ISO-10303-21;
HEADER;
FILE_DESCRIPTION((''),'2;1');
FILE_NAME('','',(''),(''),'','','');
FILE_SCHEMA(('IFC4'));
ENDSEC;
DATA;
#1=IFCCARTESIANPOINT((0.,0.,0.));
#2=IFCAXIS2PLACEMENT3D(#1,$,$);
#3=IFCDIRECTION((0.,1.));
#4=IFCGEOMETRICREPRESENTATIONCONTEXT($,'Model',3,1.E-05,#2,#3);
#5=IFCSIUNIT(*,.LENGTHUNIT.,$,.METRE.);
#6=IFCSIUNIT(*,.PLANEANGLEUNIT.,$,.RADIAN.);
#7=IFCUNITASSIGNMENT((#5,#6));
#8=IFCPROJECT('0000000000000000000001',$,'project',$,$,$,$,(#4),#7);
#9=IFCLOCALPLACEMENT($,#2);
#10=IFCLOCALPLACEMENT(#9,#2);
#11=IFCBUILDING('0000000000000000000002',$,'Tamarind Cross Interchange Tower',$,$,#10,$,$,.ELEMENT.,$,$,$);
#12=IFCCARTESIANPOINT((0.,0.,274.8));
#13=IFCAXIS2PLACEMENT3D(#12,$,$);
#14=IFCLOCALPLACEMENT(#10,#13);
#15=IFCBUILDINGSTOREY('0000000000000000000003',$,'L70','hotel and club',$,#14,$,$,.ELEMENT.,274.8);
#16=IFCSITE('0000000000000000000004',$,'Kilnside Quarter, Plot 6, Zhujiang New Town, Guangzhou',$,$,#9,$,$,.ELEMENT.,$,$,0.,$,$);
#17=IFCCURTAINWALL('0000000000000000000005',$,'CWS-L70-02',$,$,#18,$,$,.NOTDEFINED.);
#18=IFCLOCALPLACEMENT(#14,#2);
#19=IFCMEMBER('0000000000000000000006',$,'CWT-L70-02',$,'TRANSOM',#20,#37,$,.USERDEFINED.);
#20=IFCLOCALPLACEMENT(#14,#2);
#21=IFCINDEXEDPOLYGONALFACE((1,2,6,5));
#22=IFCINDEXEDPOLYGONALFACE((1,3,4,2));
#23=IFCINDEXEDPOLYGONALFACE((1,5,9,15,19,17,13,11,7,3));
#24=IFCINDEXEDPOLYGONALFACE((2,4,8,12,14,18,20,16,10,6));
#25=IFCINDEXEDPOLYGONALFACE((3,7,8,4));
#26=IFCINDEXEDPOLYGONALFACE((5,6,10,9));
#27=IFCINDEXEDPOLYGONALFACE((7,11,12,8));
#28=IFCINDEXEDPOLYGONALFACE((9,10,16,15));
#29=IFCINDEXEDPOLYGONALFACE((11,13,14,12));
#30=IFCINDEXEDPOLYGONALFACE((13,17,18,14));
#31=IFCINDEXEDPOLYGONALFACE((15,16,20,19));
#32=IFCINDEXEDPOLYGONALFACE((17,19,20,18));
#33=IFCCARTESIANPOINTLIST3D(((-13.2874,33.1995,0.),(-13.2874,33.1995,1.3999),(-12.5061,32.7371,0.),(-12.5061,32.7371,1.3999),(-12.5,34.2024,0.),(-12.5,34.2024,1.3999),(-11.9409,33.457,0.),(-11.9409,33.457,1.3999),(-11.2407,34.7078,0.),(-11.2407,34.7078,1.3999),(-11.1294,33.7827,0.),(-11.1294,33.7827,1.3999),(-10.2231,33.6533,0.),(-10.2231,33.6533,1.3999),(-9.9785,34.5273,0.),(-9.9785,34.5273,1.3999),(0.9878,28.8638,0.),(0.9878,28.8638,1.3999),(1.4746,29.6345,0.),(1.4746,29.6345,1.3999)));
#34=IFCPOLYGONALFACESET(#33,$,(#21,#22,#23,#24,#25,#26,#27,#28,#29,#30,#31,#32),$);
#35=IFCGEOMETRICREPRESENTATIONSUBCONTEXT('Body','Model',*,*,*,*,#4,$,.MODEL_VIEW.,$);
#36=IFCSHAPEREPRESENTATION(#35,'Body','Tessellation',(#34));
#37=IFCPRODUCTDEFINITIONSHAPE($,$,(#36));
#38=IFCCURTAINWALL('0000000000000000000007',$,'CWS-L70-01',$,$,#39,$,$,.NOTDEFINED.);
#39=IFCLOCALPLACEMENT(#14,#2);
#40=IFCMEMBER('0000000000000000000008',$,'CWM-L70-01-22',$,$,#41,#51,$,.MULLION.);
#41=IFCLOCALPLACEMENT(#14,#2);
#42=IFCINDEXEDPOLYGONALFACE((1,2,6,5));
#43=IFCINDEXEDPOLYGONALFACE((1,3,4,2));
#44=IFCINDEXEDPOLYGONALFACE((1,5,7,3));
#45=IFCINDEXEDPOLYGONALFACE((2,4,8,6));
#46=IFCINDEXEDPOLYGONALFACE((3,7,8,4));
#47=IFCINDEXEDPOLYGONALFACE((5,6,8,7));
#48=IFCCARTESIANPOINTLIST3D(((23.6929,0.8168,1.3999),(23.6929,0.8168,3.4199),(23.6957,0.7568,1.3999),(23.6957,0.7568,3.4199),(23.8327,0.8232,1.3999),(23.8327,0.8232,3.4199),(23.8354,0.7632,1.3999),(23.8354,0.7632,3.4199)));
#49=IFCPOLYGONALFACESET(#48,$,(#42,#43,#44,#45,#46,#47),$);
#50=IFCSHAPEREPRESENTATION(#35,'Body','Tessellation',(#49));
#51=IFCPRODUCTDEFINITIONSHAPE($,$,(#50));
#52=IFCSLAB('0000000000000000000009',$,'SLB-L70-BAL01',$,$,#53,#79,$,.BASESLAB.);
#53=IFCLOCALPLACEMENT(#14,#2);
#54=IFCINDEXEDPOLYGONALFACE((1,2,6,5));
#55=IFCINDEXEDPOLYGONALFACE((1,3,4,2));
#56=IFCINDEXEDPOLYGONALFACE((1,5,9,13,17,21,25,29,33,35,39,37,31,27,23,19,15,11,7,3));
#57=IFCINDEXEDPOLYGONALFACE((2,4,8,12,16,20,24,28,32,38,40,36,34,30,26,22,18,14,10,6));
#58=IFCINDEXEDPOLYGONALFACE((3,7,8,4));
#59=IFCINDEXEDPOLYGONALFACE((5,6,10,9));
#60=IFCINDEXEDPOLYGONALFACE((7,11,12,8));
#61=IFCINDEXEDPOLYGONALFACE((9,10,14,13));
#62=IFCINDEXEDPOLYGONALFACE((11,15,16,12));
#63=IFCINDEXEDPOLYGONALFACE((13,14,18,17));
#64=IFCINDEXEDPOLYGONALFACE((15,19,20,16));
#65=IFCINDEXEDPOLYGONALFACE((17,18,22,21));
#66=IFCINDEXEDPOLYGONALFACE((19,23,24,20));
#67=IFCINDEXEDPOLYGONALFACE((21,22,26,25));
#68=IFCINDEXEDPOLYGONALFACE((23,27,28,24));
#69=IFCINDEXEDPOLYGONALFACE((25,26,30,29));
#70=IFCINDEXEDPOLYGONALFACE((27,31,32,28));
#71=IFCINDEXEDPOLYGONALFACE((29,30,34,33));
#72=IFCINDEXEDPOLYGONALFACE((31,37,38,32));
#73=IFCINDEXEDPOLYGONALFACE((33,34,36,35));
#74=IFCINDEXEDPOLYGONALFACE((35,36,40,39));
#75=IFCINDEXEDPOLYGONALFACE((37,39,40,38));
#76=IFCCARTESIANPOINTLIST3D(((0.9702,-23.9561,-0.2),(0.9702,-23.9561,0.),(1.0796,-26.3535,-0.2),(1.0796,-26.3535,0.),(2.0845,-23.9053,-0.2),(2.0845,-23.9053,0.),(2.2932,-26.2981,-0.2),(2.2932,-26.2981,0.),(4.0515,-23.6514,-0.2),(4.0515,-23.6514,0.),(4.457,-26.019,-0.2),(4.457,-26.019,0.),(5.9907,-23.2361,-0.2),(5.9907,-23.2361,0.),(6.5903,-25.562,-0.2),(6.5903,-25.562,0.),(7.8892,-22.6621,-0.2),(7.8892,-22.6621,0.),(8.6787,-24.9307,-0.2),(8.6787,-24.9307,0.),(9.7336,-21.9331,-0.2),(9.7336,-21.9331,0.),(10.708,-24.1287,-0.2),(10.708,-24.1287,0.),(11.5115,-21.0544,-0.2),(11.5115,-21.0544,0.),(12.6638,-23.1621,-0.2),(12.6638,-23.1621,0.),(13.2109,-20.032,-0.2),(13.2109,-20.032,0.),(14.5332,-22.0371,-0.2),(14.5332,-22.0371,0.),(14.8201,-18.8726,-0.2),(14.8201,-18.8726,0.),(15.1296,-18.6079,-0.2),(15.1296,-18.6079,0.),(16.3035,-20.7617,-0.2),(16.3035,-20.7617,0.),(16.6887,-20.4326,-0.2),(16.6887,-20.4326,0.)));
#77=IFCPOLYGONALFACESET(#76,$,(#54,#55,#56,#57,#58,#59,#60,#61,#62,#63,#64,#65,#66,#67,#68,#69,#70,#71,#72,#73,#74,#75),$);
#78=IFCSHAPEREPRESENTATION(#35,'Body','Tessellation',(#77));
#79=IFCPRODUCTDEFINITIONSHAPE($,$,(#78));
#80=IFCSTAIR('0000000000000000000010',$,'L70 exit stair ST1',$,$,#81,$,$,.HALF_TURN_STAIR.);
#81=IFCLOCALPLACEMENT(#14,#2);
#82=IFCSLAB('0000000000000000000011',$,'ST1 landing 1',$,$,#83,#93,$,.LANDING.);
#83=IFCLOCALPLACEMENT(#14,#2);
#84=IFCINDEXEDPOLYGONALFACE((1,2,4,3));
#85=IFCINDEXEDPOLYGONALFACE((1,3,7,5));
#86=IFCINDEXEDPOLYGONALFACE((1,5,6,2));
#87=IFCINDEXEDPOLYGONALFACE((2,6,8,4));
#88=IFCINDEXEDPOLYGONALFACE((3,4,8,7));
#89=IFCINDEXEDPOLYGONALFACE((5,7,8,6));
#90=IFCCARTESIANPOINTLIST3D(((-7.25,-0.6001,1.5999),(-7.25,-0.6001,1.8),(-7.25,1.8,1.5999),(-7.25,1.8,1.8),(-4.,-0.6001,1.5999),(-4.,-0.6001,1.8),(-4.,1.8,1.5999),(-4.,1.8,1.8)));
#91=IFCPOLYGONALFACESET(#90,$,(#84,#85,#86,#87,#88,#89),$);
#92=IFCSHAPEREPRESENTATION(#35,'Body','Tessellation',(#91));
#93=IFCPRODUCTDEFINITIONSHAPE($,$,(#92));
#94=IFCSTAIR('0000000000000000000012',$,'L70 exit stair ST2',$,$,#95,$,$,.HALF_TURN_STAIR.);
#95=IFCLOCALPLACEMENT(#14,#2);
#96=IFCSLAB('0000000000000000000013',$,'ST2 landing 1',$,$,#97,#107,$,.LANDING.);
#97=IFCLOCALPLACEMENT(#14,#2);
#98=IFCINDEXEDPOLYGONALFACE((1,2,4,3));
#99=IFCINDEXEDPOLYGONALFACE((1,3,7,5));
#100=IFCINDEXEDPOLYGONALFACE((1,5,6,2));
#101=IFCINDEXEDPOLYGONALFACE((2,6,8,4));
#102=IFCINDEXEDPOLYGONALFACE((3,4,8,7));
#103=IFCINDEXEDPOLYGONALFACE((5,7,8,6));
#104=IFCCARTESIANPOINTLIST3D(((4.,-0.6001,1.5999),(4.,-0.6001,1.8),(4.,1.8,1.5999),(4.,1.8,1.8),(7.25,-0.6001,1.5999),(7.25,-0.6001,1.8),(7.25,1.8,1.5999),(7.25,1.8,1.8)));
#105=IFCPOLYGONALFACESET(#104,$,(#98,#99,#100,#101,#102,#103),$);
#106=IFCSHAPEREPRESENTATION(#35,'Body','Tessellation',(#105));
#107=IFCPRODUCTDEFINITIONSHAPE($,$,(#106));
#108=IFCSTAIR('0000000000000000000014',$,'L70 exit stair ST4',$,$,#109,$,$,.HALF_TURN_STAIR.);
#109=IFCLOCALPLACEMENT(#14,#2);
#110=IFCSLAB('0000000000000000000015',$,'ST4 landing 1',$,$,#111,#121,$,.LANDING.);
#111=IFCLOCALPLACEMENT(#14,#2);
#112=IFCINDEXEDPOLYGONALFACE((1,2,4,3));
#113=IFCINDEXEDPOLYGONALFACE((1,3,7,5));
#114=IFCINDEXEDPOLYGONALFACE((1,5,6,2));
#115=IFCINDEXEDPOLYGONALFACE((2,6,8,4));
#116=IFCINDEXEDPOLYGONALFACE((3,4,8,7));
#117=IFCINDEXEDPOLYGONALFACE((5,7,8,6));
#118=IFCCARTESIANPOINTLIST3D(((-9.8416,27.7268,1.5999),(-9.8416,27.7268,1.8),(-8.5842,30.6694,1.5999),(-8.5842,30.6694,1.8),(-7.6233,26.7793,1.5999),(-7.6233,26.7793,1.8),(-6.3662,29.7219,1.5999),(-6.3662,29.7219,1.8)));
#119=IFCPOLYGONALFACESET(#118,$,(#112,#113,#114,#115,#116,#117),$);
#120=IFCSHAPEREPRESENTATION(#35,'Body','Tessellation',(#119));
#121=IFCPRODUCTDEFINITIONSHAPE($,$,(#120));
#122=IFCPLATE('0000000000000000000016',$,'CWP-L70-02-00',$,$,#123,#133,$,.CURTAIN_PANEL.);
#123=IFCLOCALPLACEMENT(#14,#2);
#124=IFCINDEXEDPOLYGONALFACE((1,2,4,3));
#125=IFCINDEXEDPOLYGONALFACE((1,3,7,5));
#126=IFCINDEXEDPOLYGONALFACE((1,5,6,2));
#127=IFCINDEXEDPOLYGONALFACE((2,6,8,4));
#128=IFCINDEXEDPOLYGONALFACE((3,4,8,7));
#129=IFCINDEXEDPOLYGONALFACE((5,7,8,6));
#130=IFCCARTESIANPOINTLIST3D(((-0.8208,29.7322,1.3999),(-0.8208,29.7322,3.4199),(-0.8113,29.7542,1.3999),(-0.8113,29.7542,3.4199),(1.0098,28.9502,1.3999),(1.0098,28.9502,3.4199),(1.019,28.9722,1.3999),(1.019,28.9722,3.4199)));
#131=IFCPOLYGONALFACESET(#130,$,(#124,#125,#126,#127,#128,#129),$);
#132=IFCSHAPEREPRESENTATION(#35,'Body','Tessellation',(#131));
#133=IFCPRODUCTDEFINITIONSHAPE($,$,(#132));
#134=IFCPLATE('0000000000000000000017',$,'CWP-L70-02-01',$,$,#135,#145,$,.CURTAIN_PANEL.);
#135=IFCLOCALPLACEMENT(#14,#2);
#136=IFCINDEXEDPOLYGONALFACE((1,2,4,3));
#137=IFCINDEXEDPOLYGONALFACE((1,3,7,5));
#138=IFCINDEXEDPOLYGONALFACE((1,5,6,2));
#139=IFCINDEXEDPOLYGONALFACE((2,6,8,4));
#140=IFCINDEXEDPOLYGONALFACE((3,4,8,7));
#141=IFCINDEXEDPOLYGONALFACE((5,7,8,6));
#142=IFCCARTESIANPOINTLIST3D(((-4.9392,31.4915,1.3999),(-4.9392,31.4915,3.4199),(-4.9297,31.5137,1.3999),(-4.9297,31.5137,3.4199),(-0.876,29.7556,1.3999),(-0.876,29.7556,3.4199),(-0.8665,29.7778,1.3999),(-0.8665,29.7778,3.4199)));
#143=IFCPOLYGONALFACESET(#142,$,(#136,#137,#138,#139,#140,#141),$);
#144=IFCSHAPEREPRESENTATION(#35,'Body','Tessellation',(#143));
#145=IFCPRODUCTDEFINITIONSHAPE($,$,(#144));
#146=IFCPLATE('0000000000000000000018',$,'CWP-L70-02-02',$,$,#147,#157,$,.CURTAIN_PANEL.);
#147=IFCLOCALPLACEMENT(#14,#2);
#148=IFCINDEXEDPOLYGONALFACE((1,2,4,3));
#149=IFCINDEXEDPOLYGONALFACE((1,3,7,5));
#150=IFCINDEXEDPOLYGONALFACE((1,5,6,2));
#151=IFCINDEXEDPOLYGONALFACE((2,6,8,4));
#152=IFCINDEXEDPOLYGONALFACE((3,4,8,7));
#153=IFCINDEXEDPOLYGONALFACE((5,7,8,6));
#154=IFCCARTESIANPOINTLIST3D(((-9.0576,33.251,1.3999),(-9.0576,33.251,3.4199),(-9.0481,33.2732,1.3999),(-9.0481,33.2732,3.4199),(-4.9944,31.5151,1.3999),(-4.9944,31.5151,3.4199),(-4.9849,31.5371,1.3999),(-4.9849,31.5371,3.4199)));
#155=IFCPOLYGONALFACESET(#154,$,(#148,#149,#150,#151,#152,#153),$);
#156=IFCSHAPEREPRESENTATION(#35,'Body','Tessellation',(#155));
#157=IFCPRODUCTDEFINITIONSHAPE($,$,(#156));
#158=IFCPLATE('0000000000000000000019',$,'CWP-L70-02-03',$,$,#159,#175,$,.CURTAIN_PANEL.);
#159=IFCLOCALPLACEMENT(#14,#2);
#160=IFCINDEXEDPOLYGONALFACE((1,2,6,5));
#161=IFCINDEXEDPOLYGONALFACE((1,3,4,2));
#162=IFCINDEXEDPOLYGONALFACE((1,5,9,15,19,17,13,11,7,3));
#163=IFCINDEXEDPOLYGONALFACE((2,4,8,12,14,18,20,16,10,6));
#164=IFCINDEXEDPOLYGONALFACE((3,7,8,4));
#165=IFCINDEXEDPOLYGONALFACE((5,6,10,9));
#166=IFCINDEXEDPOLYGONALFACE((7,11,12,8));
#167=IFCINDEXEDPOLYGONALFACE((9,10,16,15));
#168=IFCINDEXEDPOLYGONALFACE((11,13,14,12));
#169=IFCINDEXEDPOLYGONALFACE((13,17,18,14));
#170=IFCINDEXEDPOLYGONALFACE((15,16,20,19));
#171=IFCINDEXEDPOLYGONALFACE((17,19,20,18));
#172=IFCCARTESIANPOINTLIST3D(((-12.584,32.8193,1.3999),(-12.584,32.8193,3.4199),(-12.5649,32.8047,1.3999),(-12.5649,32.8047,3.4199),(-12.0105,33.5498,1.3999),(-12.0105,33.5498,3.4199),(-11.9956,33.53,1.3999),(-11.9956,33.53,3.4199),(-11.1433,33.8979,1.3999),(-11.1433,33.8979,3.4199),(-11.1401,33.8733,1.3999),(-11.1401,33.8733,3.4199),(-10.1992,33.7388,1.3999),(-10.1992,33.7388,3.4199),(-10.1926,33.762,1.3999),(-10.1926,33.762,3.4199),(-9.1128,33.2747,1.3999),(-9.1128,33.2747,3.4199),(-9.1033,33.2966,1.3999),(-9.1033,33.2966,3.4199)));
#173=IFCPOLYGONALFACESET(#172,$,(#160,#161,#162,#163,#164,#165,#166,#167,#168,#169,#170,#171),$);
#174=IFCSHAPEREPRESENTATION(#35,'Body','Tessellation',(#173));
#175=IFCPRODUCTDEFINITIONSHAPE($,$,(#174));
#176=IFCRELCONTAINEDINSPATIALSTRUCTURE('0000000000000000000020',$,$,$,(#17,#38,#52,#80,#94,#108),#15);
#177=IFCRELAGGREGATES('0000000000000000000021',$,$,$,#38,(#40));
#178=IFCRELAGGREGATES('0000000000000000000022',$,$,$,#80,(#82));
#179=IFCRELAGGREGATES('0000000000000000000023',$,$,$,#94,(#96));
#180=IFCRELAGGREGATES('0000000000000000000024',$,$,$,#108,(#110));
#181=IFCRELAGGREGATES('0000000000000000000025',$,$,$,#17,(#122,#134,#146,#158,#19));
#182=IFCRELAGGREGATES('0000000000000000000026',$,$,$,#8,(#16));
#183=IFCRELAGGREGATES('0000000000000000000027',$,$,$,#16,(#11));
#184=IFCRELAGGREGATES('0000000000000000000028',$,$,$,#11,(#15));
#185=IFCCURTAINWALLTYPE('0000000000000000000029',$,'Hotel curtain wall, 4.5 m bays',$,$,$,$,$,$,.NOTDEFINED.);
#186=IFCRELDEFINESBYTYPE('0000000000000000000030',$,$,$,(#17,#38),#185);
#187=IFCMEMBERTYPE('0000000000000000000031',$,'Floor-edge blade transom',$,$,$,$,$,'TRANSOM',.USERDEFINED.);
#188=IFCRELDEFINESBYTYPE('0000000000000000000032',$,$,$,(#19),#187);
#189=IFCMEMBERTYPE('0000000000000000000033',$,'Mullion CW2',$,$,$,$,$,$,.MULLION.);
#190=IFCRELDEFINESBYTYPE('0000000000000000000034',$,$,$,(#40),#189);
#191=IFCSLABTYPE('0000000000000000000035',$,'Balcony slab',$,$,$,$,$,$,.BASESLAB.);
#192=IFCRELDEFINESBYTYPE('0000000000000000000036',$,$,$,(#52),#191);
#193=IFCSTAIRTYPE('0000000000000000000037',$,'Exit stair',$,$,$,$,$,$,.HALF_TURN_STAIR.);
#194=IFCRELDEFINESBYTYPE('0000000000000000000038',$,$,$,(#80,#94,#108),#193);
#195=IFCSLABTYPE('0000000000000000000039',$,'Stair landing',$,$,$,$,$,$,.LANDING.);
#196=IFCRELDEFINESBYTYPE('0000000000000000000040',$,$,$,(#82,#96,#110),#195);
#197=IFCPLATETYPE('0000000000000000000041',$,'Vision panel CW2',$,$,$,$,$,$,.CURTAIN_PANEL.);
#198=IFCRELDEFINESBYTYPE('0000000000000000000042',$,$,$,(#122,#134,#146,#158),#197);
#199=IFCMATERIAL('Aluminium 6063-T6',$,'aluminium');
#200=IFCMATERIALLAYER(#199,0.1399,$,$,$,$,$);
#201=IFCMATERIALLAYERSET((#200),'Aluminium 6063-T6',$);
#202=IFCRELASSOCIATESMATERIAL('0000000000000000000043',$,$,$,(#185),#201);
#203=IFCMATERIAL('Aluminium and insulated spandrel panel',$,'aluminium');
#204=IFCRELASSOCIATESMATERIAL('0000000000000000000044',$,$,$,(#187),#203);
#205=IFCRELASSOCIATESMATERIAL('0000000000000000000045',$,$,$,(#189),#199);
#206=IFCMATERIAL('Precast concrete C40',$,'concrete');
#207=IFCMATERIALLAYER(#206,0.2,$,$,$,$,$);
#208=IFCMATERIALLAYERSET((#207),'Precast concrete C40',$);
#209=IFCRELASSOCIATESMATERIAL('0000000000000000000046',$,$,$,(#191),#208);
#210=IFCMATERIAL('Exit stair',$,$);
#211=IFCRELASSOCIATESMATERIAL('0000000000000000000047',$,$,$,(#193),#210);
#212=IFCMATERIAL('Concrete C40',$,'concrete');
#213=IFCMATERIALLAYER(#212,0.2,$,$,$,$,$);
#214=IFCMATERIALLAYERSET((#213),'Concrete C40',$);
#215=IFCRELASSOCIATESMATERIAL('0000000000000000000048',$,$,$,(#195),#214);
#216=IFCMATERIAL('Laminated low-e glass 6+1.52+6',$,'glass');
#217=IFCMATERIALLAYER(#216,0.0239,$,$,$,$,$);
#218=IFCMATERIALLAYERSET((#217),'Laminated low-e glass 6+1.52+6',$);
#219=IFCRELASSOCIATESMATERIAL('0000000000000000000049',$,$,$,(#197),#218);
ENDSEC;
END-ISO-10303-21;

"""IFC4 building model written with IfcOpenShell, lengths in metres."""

from ifc_helpers import new_model, si_unit, direction, frame, origin, origin_2d, place, context, subcontext, project, spatial, polyline, rectangle, outline, extrude, material, layer, layer_set, material_profile, profile_set, type_object, element, aggregate, save


model = new_model("IFC4")

# Units and contexts
model_context = context("Model", 3, precision=1e-05, world=origin(), true_north=direction((0.0, 1.0)))
body_context = subcontext(model_context, "Body", "Model", "MODEL_VIEW")
ifc_project = project(units=[si_unit("LENGTHUNIT", "METRE"), si_unit("PLANEANGLEUNIT", "RADIAN")], contexts=[model_context])

# Site, building, storey
site_placement = place(None, origin())
site = spatial("IfcSite", under=ifc_project, at=site_placement, Name="Kilnside Quarter, Plot 6, Zhujiang New Town, Guangzhou", CompositionType="ELEMENT", RefElevation=0.0)
building_placement = place(site_placement, origin())
building = spatial("IfcBuilding", under=site, at=building_placement, Name="Tamarind Cross Interchange Tower", CompositionType="ELEMENT")
storey_placement = place(building_placement, frame((0.0, 0.0, 274.8)))
storey = spatial("IfcBuildingStorey", under=building, at=storey_placement, Name="L70", Description="hotel and club", CompositionType="ELEMENT", Elevation=274.8)

# Curtain walls, members
ifc_material_1 = material(Name="Aluminium 6063-T6", Category="aluminium")
ifc_layer_1 = layer(ifc_material_1, 0.1399)
ifc_layer_set_1 = layer_set([ifc_layer_1], Name="Aluminium 6063-T6")
curtain_wall_type = type_object("IfcCurtainWallType", Name="Hotel curtain wall, 4.5 m bays", PredefinedType="NOTDEFINED", material=ifc_layer_set_1)
curtain_wall_1_placement = place(storey_placement, origin())
curtain_wall_1 = element("IfcCurtainWall", 1, at=curtain_wall_1_placement, inside=storey, type_object=curtain_wall_type, Name="CWS-L70-02", PredefinedType="NOTDEFINED")
ifc_material_2 = material(Name="Aluminium and insulated spandrel panel", Category="aluminium")
member_type_1 = type_object("IfcMemberType", Name="Floor-edge blade transom", ElementType="TRANSOM", PredefinedType="USERDEFINED", material=ifc_material_2)
member_1_placement = place(storey_placement, origin())
member_1 = element("IfcMember", 2, at=member_1_placement, type_object=member_type_1, Name="CWT-L70-02", ObjectType="TRANSOM", PredefinedType="USERDEFINED", context=body_context, shape_type="SweptSolid", body=[
    extrude(outline(polyline([(0.9878, 28.8638), (-10.2231, 33.6533), (-11.1294, 33.7827), (-11.9409, 33.457), (-12.5061, 32.7371), (-13.2874, 33.1995), (-12.5, 34.2024), (-11.2407, 34.7078), (-9.9785, 34.5273), (1.4746, 29.6345), (0.9878, 28.8638)])), origin(), (0.0, 0.0, 1.0), 1.3999),
])
curtain_wall_2_placement = place(storey_placement, origin())
curtain_wall_2 = element("IfcCurtainWall", 3, at=curtain_wall_2_placement, inside=storey, type_object=curtain_wall_type, Name="CWS-L70-01", PredefinedType="NOTDEFINED")
ifc_material_profile = material_profile(ifc_material_1, rectangle(XDim=0.0601, YDim=0.1399, at=origin_2d()), Name="Mullion CW2")
ifc_profile_set = profile_set([ifc_material_profile], Name="Aluminium 6063-T6")
member_type_2 = type_object("IfcMemberType", Name="Mullion CW2", PredefinedType="MULLION", material=ifc_profile_set)
member_2_placement = place(storey_placement, frame((23.7642, 0.79, 1.3999), z_axis=(0.0, 0.0, 1.0), x_axis=(-0.045624, 0.998959, 0.0)))
member_2 = element("IfcMember", 4, at=member_2_placement, type_object=member_type_2, Name="CWM-L70-01-22", PredefinedType="MULLION", context=body_context, shape_type="SweptSolid", body=[
    extrude(rectangle(XDim=0.0601, YDim=0.1399, at=origin_2d()), origin(), (0.0, 0.0, 1.0), 2.02),
])
aggregate(curtain_wall_2, [member_2])

# Slab
ifc_material_3 = material(Name="Precast concrete C40", Category="concrete")
ifc_layer_2 = layer(ifc_material_3, 0.2)
ifc_layer_set_2 = layer_set([ifc_layer_2], Name="Precast concrete C40")
slab_type_1 = type_object("IfcSlabType", Name="Balcony slab", PredefinedType="BASESLAB", material=ifc_layer_set_2)
slab_1_placement = place(storey_placement, frame((0.0, 0.0, -0.2)))
element("IfcSlab", 5, at=slab_1_placement, inside=storey, type_object=slab_type_1, Name="SLB-L70-BAL01", PredefinedType="BASESLAB", context=body_context, shape_type="SweptSolid", body=[
    extrude(outline(polyline([(0.9702, -23.9561), (2.0845, -23.9053), (4.0515, -23.6514), (5.9907, -23.2361), (7.8892, -22.6621), (9.7336, -21.9331), (11.5115, -21.0544), (13.2109, -20.032), (14.8201, -18.8726), (15.1296, -18.6079), (16.6887, -20.4326), (16.3035, -20.7617), (14.5332, -22.0371), (12.6638, -23.1621), (10.708, -24.1287), (8.6787, -24.9307), (6.5903, -25.562), (4.457, -26.019), (2.2932, -26.2981), (1.0796, -26.3535), (0.9702, -23.9561)])), origin(), (0.0, 0.0, 1.0), 0.2),
])

# Stairs, slabs
ifc_material_4 = material(Name="Exit stair")
stair_type = type_object("IfcStairType", Name="Exit stair", PredefinedType="HALF_TURN_STAIR", material=ifc_material_4)
stair_1_placement = place(storey_placement, origin())
stair_1 = element("IfcStair", 6, at=stair_1_placement, inside=storey, type_object=stair_type, Name="L70 exit stair ST1", PredefinedType="HALF_TURN_STAIR")
ifc_material_5 = material(Name="Concrete C40", Category="concrete")
ifc_layer_3 = layer(ifc_material_5, 0.2)
ifc_layer_set_3 = layer_set([ifc_layer_3], Name="Concrete C40")
slab_type_2 = type_object("IfcSlabType", Name="Stair landing", PredefinedType="LANDING", material=ifc_layer_set_3)
slab_2_placement = place(storey_placement, frame((0.0, 0.0, 1.5999)))
slab_2 = element("IfcSlab", 7, at=slab_2_placement, type_object=slab_type_2, Name="ST1 landing 1", PredefinedType="LANDING", context=body_context, shape_type="SweptSolid", body=[
    extrude(outline(polyline([(-4.0, -0.6001), (-4.0, 1.8), (-7.25, 1.8), (-7.25, -0.6001), (-4.0, -0.6001)])), origin(), (0.0, 0.0, 1.0), 0.2002),
])
aggregate(stair_1, [slab_2])
stair_2_placement = place(storey_placement, origin())
stair_2 = element("IfcStair", 8, at=stair_2_placement, inside=storey, type_object=stair_type, Name="L70 exit stair ST2", PredefinedType="HALF_TURN_STAIR")
slab_3_placement = place(storey_placement, frame((0.0, 0.0, 1.5999)))
slab_3 = element("IfcSlab", 9, at=slab_3_placement, type_object=slab_type_2, Name="ST2 landing 1", PredefinedType="LANDING", context=body_context, shape_type="SweptSolid", body=[
    extrude(outline(polyline([(7.25, -0.6001), (7.25, 1.8), (4.0, 1.8), (4.0, -0.6001), (7.25, -0.6001)])), origin(), (0.0, 0.0, 1.0), 0.2002),
])
aggregate(stair_2, [slab_3])
stair_3_placement = place(storey_placement, origin())
stair_3 = element("IfcStair", 10, at=stair_3_placement, inside=storey, type_object=stair_type, Name="L70 exit stair ST4", PredefinedType="HALF_TURN_STAIR")
slab_4_placement = place(storey_placement, frame((0.0, 0.0, 1.5999)))
slab_4 = element("IfcSlab", 11, at=slab_4_placement, type_object=slab_type_2, Name="ST4 landing 1", PredefinedType="LANDING", context=body_context, shape_type="SweptSolid", body=[
    extrude(outline(polyline([(-6.3662, 29.7219), (-8.5842, 30.6694), (-9.8416, 27.7268), (-7.6233, 26.7793), (-6.3662, 29.7219)])), origin(), (0.0, 0.0, 1.0), 0.2002),
])
aggregate(stair_3, [slab_4])

# Plates
ifc_material_6 = material(Name="Laminated low-e glass 6+1.52+6", Category="glass")
ifc_layer_4 = layer(ifc_material_6, 0.0239)
ifc_layer_set_4 = layer_set([ifc_layer_4], Name="Laminated low-e glass 6+1.52+6")
plate_type = type_object("IfcPlateType", Name="Vision panel CW2", PredefinedType="CURTAIN_PANEL", material=ifc_layer_set_4)
plate_1_placement = place(storey_placement, frame((0.0, 0.0, 1.3999)))
plate_1 = element("IfcPlate", 12, at=plate_1_placement, type_object=plate_type, Name="CWP-L70-02-00", PredefinedType="CURTAIN_PANEL", context=body_context, shape_type="SweptSolid", body=[
    extrude(outline(polyline([(1.0098, 28.9502), (-0.8208, 29.7322), (-0.8113, 29.7542), (1.019, 28.9722), (1.0098, 28.9502)])), origin(), (0.0, 0.0, 1.0), 2.02),
])
plate_2_placement = place(storey_placement, frame((0.0, 0.0, 1.3999)))
plate_2 = element("IfcPlate", 13, at=plate_2_placement, type_object=plate_type, Name="CWP-L70-02-01", PredefinedType="CURTAIN_PANEL", context=body_context, shape_type="SweptSolid", body=[
    extrude(outline(polyline([(-0.876, 29.7556), (-4.9392, 31.4915), (-4.9297, 31.5137), (-0.8665, 29.7778), (-0.876, 29.7556)])), origin(), (0.0, 0.0, 1.0), 2.02),
])
plate_3_placement = place(storey_placement, frame((0.0, 0.0, 1.3999)))
plate_3 = element("IfcPlate", 14, at=plate_3_placement, type_object=plate_type, Name="CWP-L70-02-02", PredefinedType="CURTAIN_PANEL", context=body_context, shape_type="SweptSolid", body=[
    extrude(outline(polyline([(-4.9944, 31.5151), (-9.0576, 33.251), (-9.0481, 33.2732), (-4.9849, 31.5371), (-4.9944, 31.5151)])), origin(), (0.0, 0.0, 1.0), 2.02),
])
plate_4_placement = place(storey_placement, frame((0.0, 0.0, 1.3999)))
plate_4 = element("IfcPlate", 15, at=plate_4_placement, type_object=plate_type, Name="CWP-L70-02-03", PredefinedType="CURTAIN_PANEL", context=body_context, shape_type="SweptSolid", body=[
    extrude(outline(polyline([(-9.1128, 33.2747), (-10.1992, 33.7388), (-11.1401, 33.8733), (-11.9956, 33.53), (-12.5649, 32.8047), (-12.584, 32.8193), (-12.0105, 33.5498), (-11.1433, 33.8979), (-10.1926, 33.762), (-9.1033, 33.2966), (-9.1128, 33.2747)])), origin(), (0.0, 0.0, 1.0), 2.02),
])
aggregate(curtain_wall_1, [plate_1, plate_2, plate_3, plate_4, member_1])

save(model, "model.ifc")
